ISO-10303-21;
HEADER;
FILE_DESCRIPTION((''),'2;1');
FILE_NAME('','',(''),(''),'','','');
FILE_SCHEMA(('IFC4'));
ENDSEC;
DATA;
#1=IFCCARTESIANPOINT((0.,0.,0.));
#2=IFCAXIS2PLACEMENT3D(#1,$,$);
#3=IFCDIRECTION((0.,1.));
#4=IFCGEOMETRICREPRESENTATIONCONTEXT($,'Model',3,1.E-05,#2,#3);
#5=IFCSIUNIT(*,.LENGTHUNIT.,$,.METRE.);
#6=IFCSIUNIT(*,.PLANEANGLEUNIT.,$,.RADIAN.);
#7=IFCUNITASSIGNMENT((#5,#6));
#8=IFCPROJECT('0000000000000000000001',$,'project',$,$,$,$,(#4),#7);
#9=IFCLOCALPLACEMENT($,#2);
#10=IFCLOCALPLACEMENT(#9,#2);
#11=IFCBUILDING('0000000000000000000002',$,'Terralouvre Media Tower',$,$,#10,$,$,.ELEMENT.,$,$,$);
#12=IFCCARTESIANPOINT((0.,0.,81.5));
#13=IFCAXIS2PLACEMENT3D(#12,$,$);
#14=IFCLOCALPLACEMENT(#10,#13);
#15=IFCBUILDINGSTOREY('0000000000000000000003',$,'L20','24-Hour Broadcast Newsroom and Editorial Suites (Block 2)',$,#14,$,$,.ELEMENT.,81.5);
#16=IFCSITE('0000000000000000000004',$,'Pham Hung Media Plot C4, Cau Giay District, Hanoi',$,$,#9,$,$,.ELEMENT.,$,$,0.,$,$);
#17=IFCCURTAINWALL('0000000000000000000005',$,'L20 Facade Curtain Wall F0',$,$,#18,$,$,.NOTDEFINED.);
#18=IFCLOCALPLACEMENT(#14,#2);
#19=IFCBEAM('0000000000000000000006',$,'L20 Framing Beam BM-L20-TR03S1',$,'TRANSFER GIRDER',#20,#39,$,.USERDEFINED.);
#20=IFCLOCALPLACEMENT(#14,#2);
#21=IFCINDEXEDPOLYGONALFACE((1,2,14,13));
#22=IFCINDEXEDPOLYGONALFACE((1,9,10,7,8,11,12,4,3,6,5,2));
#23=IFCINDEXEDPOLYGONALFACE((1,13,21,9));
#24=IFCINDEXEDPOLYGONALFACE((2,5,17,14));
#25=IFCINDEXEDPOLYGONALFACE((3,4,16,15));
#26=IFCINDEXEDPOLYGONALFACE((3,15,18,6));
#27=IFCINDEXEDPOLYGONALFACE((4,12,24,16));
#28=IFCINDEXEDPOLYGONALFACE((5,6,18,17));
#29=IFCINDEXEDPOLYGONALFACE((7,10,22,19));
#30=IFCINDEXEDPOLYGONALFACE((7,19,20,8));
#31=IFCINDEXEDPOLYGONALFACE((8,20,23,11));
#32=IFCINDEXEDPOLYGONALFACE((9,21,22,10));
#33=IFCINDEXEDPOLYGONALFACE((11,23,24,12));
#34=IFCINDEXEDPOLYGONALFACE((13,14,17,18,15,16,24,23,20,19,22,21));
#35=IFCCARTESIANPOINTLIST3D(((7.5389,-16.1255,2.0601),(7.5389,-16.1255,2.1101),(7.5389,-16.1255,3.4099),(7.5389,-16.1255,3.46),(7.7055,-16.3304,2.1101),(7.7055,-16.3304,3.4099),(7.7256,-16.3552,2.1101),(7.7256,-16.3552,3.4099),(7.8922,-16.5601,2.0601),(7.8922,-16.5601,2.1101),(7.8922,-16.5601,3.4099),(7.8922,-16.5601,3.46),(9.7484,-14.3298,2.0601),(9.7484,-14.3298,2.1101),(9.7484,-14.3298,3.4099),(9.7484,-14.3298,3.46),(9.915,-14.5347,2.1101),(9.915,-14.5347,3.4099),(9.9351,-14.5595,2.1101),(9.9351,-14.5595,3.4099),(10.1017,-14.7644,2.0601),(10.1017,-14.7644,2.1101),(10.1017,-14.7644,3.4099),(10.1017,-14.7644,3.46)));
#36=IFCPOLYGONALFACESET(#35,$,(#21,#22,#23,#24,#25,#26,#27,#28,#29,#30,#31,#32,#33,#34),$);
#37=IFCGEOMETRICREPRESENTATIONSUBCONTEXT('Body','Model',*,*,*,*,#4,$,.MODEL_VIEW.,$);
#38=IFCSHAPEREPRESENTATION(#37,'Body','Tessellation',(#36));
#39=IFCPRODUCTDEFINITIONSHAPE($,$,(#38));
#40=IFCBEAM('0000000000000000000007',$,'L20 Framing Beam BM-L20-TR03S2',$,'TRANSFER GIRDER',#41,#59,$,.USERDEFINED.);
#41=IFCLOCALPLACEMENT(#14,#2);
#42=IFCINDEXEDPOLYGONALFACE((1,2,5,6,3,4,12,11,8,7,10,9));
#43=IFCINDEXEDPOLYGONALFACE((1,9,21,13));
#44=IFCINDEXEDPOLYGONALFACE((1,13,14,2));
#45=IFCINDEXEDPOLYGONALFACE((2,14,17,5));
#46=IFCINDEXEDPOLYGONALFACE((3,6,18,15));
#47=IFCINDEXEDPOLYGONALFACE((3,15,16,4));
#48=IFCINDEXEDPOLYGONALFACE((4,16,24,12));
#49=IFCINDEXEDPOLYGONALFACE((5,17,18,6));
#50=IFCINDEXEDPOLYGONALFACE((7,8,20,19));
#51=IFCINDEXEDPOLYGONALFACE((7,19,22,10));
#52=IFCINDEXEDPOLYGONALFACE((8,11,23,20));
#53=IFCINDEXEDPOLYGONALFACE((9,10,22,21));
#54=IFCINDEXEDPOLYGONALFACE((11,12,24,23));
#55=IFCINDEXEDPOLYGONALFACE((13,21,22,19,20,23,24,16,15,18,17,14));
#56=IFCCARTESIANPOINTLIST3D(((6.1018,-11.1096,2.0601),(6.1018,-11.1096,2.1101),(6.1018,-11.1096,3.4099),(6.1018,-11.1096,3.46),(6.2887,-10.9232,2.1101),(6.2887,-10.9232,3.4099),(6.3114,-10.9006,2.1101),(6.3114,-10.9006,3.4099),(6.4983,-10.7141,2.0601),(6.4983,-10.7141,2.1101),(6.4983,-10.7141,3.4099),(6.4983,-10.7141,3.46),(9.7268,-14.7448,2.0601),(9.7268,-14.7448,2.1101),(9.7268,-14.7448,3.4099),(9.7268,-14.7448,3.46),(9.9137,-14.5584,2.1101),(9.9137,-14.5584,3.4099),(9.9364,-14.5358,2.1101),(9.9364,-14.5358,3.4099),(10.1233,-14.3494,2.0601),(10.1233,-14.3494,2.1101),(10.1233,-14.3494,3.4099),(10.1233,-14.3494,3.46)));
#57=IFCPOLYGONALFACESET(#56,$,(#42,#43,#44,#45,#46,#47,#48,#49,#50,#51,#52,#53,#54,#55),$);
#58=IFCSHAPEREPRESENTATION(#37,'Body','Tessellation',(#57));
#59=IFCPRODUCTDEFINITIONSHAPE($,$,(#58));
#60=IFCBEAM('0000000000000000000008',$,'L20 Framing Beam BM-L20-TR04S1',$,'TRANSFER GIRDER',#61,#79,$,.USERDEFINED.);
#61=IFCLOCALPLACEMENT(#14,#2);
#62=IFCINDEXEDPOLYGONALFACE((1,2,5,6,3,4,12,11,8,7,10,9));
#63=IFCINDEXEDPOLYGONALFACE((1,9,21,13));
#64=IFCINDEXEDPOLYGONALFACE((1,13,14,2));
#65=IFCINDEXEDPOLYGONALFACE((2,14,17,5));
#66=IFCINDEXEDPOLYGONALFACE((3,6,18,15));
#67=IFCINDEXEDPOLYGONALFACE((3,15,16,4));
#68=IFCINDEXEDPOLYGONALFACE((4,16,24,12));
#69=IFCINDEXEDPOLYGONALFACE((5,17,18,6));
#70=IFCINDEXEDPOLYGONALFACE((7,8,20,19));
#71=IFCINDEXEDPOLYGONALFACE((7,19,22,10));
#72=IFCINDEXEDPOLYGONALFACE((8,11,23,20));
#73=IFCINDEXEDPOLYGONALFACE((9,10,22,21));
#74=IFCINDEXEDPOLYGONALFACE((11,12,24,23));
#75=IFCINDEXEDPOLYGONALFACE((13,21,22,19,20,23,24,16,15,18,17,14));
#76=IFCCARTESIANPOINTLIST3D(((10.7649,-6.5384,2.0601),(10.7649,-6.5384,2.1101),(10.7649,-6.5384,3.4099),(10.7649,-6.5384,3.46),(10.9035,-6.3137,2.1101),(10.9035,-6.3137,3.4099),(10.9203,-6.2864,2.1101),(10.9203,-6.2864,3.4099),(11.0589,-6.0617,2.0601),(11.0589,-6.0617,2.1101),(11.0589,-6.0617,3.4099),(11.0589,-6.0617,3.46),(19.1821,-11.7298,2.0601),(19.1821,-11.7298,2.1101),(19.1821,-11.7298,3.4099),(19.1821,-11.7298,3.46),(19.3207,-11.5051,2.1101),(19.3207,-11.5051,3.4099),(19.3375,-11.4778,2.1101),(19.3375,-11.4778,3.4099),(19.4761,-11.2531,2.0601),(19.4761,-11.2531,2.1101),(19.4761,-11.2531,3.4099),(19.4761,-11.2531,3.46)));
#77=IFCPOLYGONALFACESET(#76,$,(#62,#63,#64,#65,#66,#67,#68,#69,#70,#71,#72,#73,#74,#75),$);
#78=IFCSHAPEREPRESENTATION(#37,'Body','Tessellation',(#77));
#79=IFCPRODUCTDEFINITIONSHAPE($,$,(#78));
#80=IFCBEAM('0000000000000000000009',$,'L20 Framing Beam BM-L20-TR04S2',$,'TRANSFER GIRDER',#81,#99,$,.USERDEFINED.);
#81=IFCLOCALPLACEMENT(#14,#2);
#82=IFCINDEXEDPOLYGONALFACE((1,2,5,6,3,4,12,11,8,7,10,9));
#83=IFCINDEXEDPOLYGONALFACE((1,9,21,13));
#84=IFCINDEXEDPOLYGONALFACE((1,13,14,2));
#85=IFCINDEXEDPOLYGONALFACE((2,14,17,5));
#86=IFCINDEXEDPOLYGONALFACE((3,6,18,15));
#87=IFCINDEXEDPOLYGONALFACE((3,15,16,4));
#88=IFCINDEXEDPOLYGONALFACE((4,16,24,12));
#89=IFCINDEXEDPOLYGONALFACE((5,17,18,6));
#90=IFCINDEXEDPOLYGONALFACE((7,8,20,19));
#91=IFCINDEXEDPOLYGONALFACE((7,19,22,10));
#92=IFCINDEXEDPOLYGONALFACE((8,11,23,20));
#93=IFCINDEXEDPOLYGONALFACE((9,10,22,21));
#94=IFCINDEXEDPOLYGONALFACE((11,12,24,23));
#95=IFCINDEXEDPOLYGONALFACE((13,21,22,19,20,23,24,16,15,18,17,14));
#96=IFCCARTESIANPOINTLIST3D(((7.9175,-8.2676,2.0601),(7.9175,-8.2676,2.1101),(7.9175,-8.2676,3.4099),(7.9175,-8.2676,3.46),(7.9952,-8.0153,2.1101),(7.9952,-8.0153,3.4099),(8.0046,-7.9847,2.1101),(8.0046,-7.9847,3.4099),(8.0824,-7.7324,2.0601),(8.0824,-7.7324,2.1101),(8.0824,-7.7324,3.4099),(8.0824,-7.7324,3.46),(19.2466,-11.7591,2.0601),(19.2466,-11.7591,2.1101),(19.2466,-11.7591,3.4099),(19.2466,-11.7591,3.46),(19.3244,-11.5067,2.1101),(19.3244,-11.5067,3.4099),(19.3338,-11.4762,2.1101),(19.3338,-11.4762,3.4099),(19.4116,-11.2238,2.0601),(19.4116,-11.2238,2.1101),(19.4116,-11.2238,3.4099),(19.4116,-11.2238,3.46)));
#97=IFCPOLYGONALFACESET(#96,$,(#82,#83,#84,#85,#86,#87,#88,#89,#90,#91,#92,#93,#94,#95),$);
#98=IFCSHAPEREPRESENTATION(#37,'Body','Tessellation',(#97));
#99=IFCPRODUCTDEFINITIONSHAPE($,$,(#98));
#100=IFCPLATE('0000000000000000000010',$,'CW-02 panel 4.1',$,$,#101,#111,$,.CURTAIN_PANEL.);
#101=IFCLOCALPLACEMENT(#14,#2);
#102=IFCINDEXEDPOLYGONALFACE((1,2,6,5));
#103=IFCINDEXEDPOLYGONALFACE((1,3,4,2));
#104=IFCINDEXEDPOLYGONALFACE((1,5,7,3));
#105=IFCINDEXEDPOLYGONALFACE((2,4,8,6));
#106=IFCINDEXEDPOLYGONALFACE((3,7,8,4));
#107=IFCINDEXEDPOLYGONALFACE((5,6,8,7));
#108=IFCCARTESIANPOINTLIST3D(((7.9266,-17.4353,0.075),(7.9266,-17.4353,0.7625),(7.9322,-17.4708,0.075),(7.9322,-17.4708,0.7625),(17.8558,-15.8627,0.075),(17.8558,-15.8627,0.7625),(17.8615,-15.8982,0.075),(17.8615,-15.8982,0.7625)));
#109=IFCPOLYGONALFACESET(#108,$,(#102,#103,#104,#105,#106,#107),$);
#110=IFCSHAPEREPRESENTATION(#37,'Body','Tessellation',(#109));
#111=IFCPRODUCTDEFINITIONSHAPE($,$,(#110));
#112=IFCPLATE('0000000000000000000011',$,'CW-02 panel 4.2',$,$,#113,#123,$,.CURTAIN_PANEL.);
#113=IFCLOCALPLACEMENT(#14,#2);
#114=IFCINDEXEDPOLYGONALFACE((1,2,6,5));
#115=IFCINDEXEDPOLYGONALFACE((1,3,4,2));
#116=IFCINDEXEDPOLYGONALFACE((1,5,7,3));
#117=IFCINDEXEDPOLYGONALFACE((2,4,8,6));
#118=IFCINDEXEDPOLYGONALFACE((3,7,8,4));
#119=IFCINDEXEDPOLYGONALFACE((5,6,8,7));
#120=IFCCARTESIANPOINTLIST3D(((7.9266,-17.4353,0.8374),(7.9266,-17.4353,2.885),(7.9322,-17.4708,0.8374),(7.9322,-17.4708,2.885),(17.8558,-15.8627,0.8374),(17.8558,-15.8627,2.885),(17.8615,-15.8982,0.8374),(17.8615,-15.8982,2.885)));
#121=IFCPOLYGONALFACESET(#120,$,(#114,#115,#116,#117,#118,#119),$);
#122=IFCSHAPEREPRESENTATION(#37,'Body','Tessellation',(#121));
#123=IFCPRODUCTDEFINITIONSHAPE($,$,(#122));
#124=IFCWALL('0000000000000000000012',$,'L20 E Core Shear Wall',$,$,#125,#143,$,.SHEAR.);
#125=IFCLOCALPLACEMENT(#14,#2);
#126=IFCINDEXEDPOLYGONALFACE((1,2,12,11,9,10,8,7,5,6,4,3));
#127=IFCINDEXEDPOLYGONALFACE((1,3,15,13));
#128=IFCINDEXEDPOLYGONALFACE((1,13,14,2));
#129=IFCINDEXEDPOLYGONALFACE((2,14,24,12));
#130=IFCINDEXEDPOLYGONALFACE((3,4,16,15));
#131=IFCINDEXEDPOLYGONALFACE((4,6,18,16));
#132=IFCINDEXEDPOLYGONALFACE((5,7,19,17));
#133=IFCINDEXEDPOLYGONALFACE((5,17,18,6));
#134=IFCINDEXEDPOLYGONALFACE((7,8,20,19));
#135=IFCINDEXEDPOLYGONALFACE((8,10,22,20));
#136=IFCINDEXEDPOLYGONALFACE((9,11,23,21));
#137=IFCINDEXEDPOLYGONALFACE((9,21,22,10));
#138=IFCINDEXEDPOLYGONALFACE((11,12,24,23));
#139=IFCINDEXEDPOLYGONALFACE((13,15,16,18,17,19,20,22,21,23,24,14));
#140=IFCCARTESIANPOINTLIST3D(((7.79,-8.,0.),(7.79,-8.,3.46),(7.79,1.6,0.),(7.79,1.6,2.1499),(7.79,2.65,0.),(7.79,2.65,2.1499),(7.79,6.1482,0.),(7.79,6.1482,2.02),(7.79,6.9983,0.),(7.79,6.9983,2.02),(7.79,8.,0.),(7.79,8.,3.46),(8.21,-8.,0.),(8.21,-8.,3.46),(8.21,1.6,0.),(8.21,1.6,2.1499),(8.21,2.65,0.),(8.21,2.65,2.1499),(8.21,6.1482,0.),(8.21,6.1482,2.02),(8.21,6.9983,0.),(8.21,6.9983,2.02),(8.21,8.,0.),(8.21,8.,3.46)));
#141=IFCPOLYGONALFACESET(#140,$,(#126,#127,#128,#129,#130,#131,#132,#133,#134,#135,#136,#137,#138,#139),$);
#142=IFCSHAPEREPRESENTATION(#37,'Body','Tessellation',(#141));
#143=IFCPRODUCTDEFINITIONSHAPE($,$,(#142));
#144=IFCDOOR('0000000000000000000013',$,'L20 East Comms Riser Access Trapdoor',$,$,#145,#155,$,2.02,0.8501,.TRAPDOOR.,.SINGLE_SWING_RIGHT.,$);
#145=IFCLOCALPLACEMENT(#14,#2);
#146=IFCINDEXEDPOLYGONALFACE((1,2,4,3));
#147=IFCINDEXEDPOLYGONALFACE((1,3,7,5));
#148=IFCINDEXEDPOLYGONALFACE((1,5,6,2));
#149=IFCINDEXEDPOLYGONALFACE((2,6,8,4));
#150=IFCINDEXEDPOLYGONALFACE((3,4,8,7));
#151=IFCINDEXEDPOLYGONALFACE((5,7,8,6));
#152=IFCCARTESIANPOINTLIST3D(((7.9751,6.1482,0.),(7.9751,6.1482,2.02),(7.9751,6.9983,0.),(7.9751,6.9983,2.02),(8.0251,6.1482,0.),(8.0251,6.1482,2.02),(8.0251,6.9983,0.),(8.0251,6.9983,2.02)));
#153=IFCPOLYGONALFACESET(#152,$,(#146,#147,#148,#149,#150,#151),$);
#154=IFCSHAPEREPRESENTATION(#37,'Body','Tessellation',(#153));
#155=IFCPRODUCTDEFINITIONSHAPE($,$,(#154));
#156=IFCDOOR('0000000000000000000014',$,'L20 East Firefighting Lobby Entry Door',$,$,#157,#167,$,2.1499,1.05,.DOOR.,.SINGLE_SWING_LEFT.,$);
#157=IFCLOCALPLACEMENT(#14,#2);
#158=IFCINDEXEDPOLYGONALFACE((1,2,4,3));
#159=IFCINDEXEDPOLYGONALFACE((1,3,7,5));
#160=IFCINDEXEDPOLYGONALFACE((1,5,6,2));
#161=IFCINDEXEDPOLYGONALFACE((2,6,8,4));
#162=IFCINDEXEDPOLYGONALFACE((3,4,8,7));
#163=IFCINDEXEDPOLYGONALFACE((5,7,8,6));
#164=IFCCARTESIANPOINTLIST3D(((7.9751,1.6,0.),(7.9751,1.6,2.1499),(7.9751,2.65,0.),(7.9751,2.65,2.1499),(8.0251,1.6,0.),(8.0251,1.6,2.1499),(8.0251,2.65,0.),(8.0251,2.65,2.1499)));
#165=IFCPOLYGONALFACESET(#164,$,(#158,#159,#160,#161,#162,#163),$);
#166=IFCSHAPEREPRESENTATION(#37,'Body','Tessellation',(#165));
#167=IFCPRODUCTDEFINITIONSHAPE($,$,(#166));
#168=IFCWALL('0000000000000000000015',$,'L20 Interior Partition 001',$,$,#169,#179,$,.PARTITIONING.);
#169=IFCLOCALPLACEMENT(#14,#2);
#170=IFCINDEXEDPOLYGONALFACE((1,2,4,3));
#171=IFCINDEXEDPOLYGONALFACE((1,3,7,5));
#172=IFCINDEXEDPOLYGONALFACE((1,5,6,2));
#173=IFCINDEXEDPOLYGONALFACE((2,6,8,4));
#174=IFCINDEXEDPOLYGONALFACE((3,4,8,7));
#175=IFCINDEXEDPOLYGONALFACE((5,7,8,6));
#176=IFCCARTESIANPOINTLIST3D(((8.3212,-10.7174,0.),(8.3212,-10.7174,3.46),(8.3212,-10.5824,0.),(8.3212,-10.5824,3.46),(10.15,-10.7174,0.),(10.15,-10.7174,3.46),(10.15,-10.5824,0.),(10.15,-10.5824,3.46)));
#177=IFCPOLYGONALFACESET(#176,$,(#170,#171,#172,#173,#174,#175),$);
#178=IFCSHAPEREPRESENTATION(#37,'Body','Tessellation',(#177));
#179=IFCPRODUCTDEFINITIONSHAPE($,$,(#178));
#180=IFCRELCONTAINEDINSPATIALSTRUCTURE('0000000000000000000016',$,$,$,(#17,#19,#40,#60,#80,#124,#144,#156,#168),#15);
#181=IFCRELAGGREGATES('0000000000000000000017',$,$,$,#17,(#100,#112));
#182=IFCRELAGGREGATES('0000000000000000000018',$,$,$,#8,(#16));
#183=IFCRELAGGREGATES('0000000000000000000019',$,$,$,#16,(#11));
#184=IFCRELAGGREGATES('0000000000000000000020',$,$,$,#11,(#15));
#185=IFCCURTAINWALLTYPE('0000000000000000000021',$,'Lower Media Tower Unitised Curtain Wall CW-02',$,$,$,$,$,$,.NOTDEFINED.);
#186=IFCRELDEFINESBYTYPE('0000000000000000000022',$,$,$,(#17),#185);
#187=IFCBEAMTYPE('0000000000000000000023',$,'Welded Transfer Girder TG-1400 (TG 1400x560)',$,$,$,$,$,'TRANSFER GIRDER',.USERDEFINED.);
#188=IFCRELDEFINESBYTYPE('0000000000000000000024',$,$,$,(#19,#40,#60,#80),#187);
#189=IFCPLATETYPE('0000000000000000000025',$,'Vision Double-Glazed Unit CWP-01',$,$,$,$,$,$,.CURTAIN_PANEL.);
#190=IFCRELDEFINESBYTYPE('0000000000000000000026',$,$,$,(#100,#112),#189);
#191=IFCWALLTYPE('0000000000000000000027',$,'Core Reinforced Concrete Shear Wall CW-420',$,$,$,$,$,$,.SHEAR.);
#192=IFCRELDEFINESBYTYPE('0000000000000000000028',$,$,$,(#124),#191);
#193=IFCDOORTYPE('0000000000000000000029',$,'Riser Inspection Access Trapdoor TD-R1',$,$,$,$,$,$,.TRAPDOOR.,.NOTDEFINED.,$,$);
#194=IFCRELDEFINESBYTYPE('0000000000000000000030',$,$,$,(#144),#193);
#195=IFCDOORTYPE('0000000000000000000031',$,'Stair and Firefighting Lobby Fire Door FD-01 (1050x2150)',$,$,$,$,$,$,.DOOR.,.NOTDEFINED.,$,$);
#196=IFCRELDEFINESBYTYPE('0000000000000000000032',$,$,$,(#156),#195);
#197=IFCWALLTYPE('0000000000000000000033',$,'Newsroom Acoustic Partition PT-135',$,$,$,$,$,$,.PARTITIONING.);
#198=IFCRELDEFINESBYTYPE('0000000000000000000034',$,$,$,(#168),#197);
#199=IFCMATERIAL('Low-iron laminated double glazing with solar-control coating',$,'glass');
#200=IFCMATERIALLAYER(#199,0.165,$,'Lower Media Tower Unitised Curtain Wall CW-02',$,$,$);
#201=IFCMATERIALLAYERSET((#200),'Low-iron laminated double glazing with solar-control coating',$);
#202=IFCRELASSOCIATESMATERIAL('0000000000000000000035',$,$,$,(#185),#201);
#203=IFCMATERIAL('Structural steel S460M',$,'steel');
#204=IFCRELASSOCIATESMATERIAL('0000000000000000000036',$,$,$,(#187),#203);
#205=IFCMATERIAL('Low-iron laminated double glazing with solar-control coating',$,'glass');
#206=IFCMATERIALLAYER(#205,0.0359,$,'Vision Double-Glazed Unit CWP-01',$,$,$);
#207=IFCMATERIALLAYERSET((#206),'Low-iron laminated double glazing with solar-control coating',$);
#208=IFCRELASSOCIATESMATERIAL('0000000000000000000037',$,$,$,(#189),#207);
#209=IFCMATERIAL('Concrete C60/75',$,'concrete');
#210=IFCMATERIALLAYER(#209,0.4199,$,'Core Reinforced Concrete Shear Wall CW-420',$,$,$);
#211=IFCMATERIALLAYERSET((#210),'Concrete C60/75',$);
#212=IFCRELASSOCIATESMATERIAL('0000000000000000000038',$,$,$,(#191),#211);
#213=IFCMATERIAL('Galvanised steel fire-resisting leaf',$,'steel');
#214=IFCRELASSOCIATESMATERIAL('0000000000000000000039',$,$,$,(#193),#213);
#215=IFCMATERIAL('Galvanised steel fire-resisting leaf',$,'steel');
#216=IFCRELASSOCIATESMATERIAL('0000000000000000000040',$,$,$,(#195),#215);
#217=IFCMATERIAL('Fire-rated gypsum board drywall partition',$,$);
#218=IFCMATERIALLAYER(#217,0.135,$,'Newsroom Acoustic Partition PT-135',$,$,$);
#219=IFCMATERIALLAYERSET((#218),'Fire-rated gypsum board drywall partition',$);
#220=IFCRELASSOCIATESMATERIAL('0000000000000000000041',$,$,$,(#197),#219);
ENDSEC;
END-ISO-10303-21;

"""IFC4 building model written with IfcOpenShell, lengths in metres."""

from ifc_helpers import new_model, si_unit, direction, frame, frame_2d, origin, origin_2d, place, context, subcontext, project, spatial, rectangle, i_section, extrude, material, layer, layer_set, material_profile, profile_set, type_object, element, fill, aggregate, save


model = new_model("IFC4")

# Units and contexts
model_context = context("Model", 3, precision=1e-05, world=origin(), true_north=direction((0.0, 1.0)))
body_context = subcontext(model_context, "Body", "Model", "MODEL_VIEW")
ifc_project = project(units=[si_unit("LENGTHUNIT", "METRE"), si_unit("PLANEANGLEUNIT", "RADIAN")], contexts=[model_context])

# Site, building, storey
site_placement = place(None, origin())
site = spatial("IfcSite", under=ifc_project, at=site_placement, Name="Pham Hung Media Plot C4, Cau Giay District, Hanoi", CompositionType="ELEMENT", RefElevation=0.0)
building_placement = place(site_placement, origin())
building = spatial("IfcBuilding", under=site, at=building_placement, Name="Terralouvre Media Tower", CompositionType="ELEMENT")
storey_placement = place(building_placement, frame((0.0, 0.0, 81.5)))
storey = spatial("IfcBuildingStorey", under=building, at=storey_placement, Name="L20", Description="24-Hour Broadcast Newsroom and Editorial Suites (Block 2)", CompositionType="ELEMENT", Elevation=81.5)

# Curtain wall
ifc_material_1 = material(Name="Low-iron laminated double glazing with solar-control coating", Category="glass")
ifc_layer_1 = layer(ifc_material_1, 0.165, Name="Lower Media Tower Unitised Curtain Wall CW-02")
ifc_layer_set_1 = layer_set([ifc_layer_1], Name="Low-iron laminated double glazing with solar-control coating")
curtain_wall_type = type_object("IfcCurtainWallType", Name="Lower Media Tower Unitised Curtain Wall CW-02", PredefinedType="NOTDEFINED", material=ifc_layer_set_1)
curtain_wall_placement = place(storey_placement, origin())
curtain_wall = element("IfcCurtainWall", 1, at=curtain_wall_placement, inside=storey, type_object=curtain_wall_type, Name="L20 Facade Curtain Wall F0", PredefinedType="NOTDEFINED")

# Beams
ifc_material_2 = material(Name="Structural steel S460M", Category="steel")
ifc_material_profile_1 = material_profile(ifc_material_2, i_section(OverallWidth=0.5601, OverallDepth=1.3999, WebThickness=0.032, FlangeThickness=0.05, at=origin_2d()), Name="TG 1400x560")
ifc_profile_set_1 = profile_set([ifc_material_profile_1], Name="Structural steel S460M")
beam_type_1 = type_object("IfcBeamType", Name="Welded Transfer Girder TG-1400 (TG 1400x560)", ElementType="TRANSFER GIRDER", PredefinedType="USERDEFINED", material=ifc_profile_set_1)
beam_1_placement = place(storey_placement, frame((9.925, -14.5471, 2.76), z_axis=(-0.776035, -0.630689, 0.0), x_axis=(0.630689, -0.776035, 0.0)))
element("IfcBeam", 2, at=beam_1_placement, inside=storey, type_object=beam_type_1, Name="L20 Framing Beam BM-L20-TR03S1", ObjectType="TRANSFER GIRDER", PredefinedType="USERDEFINED", context=body_context, shape_type="SweptSolid", body=[
    extrude(i_section(OverallWidth=0.5601, OverallDepth=1.3999, WebThickness=0.032, FlangeThickness=0.05, at=origin_2d()), origin(), (0.0, 0.0, 1.0), 2.8472),
])
beam_2_placement = place(storey_placement, frame((9.925, -14.5471, 2.76), z_axis=(-0.706107, 0.708105, 0.0), x_axis=(-0.708105, -0.706107, 0.0)))
element("IfcBeam", 3, at=beam_2_placement, inside=storey, type_object=beam_type_1, Name="L20 Framing Beam BM-L20-TR03S2", ObjectType="TRANSFER GIRDER", PredefinedType="USERDEFINED", context=body_context, shape_type="SweptSolid", body=[
    extrude(i_section(OverallWidth=0.5601, OverallDepth=1.3999, WebThickness=0.032, FlangeThickness=0.05, at=origin_2d()), origin(), (0.0, 0.0, 1.0), 5.1338),
])
beam_3_placement = place(storey_placement, frame((19.3291, -11.4915, 2.76), z_axis=(-0.851136, 0.524946, 0.0), x_axis=(-0.524946, -0.851136, 0.0)))
element("IfcBeam", 4, at=beam_3_placement, inside=storey, type_object=beam_type_1, Name="L20 Framing Beam BM-L20-TR04S1", ObjectType="TRANSFER GIRDER", PredefinedType="USERDEFINED", context=body_context, shape_type="SweptSolid", body=[
    extrude(i_section(OverallWidth=0.5601, OverallDepth=1.3999, WebThickness=0.032, FlangeThickness=0.05, at=origin_2d()), origin(), (0.0, 0.0, 1.0), 9.8894),
])
beam_4_placement = place(storey_placement, frame((19.3291, -11.4915, 2.76), z_axis=(-0.955647, 0.294516, 0.0), x_axis=(-0.294516, -0.955647, 0.0)))
element("IfcBeam", 5, at=beam_4_placement, inside=storey, type_object=beam_type_1, Name="L20 Framing Beam BM-L20-TR04S2", ObjectType="TRANSFER GIRDER", PredefinedType="USERDEFINED", context=body_context, shape_type="SweptSolid", body=[
    extrude(i_section(OverallWidth=0.5601, OverallDepth=1.3999, WebThickness=0.032, FlangeThickness=0.05, at=origin_2d()), origin(), (0.0, 0.0, 1.0), 11.855),
])

# Plates
ifc_material_3 = material(Name="Low-iron laminated double glazing with solar-control coating", Category="glass")
ifc_layer_2 = layer(ifc_material_3, 0.0359, Name="Vision Double-Glazed Unit CWP-01")
ifc_layer_set_2 = layer_set([ifc_layer_2], Name="Low-iron laminated double glazing with solar-control coating")
plate_type = type_object("IfcPlateType", Name="Vision Double-Glazed Unit CWP-01", PredefinedType="CURTAIN_PANEL", material=ifc_layer_set_2)
plate_1_placement = place(storey_placement, frame((12.894, -16.6667, 0.075), z_axis=(0.0, 0.0, 1.0), x_axis=(0.987688, 0.156434, 0.0)))
plate_1 = element("IfcPlate", 6, at=plate_1_placement, type_object=plate_type, Name="CW-02 panel 4.1", PredefinedType="CURTAIN_PANEL", context=body_context, shape_type="SweptSolid", body=[
    extrude(rectangle(XDim=10.053, YDim=0.0359, at=origin_2d()), origin(), (0.0, 0.0, 1.0), 0.6875),
])
plate_2_placement = place(storey_placement, frame((12.894, -16.6667, 0.8374), z_axis=(0.0, 0.0, 1.0), x_axis=(0.987688, 0.156434, 0.0)))
plate_2 = element("IfcPlate", 7, at=plate_2_placement, type_object=plate_type, Name="CW-02 panel 4.2", PredefinedType="CURTAIN_PANEL", context=body_context, shape_type="SweptSolid", body=[
    extrude(rectangle(XDim=10.053, YDim=0.0359, at=origin_2d()), origin(), (0.0, 0.0, 1.0), 2.0476),
])
aggregate(curtain_wall, [plate_1, plate_2])

# Wall, openings, doors
ifc_material_4 = material(Name="Concrete C60/75", Category="concrete")
ifc_layer_3 = layer(ifc_material_4, 0.4199, Name="Core Reinforced Concrete Shear Wall CW-420")
ifc_layer_set_3 = layer_set([ifc_layer_3], Name="Concrete C60/75")
wall_type_1 = type_object("IfcWallType", Name="Core Reinforced Concrete Shear Wall CW-420", PredefinedType="SHEAR", material=ifc_layer_set_3)
wall_1_placement = place(storey_placement, frame((8.0, -8.0, 0.0), z_axis=(0.0, 0.0, 1.0), x_axis=(0.0, 1.0, 0.0)))
wall_1 = element("IfcWall", 8, at=wall_1_placement, inside=storey, type_object=wall_type_1, Name="L20 E Core Shear Wall", PredefinedType="SHEAR", context=body_context, shape_type="SweptSolid", body=[
    extrude(rectangle(XDim=16.0, YDim=0.4199, at=frame_2d((8.0, 0.0))), origin(), (0.0, 0.0, 1.0), 3.46),
])
opening_1_placement = place(wall_1_placement, frame((9.6001, 0.0, 0.0)))
opening_1 = element("IfcOpeningElement", 9, at=opening_1_placement, cuts=wall_1, PredefinedType="OPENING", context=body_context, shape_type="SweptSolid", body=[
    extrude(rectangle(XDim=1.05, YDim=2.1499, at=frame_2d((0.5249, 1.075))), frame((0.0, 0.22, 0.0), z_axis=(0.0, -1.0, 0.0), x_axis=(1.0, 0.0, 0.0)), (0.0, 0.0, 1.0), 0.4399),
])
opening_2_placement = place(wall_1_placement, frame((14.1482, 0.0, 0.0)))
opening_2 = element("IfcOpeningElement", 10, at=opening_2_placement, cuts=wall_1, PredefinedType="OPENING", context=body_context, shape_type="SweptSolid", body=[
    extrude(rectangle(XDim=0.8501, YDim=2.02, at=frame_2d((0.425, 1.01))), frame((0.0, 0.22, 0.0), z_axis=(0.0, -1.0, 0.0), x_axis=(1.0, 0.0, 0.0)), (0.0, 0.0, 1.0), 0.4399),
])
ifc_material_5 = material(Name="Galvanised steel fire-resisting leaf", Category="steel")
door_type_1 = type_object("IfcDoorType", Name="Riser Inspection Access Trapdoor TD-R1", OperationType="NOTDEFINED", PredefinedType="TRAPDOOR", material=ifc_material_5)
door_1_placement = place(opening_2_placement, origin())
door_1 = element("IfcDoor", 11, at=door_1_placement, inside=storey, type_object=door_type_1, Name="L20 East Comms Riser Access Trapdoor", OperationType="SINGLE_SWING_RIGHT", OverallHeight=2.02, OverallWidth=0.8501, PredefinedType="TRAPDOOR", context=body_context, shape_type="SweptSolid", body=[
    extrude(rectangle(XDim=0.8501, YDim=2.02, at=frame_2d((0.425, 1.01))), frame((0.0, 0.0249, 0.0), z_axis=(0.0, -1.0, 0.0), x_axis=(1.0, 0.0, 0.0)), (0.0, 0.0, 1.0), 0.05),
])
fill(opening_2, door_1)
ifc_material_6 = material(Name="Galvanised steel fire-resisting leaf", Category="steel")
door_type_2 = type_object("IfcDoorType", Name="Stair and Firefighting Lobby Fire Door FD-01 (1050x2150)", OperationType="NOTDEFINED", PredefinedType="DOOR", material=ifc_material_6)
door_2_placement = place(opening_1_placement, origin())
door_2 = element("IfcDoor", 12, at=door_2_placement, inside=storey, type_object=door_type_2, Name="L20 East Firefighting Lobby Entry Door", OperationType="SINGLE_SWING_LEFT", OverallHeight=2.1499, OverallWidth=1.05, PredefinedType="DOOR", context=body_context, shape_type="SweptSolid", body=[
    extrude(rectangle(XDim=1.05, YDim=2.1499, at=frame_2d((0.5249, 1.075))), frame((0.0, 0.0249, 0.0), z_axis=(0.0, -1.0, 0.0), x_axis=(1.0, 0.0, 0.0)), (0.0, 0.0, 1.0), 0.05),
])
fill(opening_1, door_2)

# Wall
ifc_material_7 = material(Name="Fire-rated gypsum board drywall partition")
ifc_layer_4 = layer(ifc_material_7, 0.135, Name="Newsroom Acoustic Partition PT-135")
ifc_layer_set_4 = layer_set([ifc_layer_4], Name="Fire-rated gypsum board drywall partition")
wall_type_2 = type_object("IfcWallType", Name="Newsroom Acoustic Partition PT-135", PredefinedType="PARTITIONING", material=ifc_layer_set_4)
wall_2_placement = place(storey_placement, frame((8.321, -10.6499, 0.0), z_axis=(0.0, 0.0, 1.0), x_axis=(1.0, 0.0, 0.0)))
element("IfcWall", 13, at=wall_2_placement, inside=storey, type_object=wall_type_2, Name="L20 Interior Partition 001", PredefinedType="PARTITIONING", context=body_context, shape_type="SweptSolid", body=[
    extrude(rectangle(XDim=1.8289, YDim=0.135, at=frame_2d((0.9146, 0.0))), origin(), (0.0, 0.0, 1.0), 3.46),
])

save(model, "model.ifc")
